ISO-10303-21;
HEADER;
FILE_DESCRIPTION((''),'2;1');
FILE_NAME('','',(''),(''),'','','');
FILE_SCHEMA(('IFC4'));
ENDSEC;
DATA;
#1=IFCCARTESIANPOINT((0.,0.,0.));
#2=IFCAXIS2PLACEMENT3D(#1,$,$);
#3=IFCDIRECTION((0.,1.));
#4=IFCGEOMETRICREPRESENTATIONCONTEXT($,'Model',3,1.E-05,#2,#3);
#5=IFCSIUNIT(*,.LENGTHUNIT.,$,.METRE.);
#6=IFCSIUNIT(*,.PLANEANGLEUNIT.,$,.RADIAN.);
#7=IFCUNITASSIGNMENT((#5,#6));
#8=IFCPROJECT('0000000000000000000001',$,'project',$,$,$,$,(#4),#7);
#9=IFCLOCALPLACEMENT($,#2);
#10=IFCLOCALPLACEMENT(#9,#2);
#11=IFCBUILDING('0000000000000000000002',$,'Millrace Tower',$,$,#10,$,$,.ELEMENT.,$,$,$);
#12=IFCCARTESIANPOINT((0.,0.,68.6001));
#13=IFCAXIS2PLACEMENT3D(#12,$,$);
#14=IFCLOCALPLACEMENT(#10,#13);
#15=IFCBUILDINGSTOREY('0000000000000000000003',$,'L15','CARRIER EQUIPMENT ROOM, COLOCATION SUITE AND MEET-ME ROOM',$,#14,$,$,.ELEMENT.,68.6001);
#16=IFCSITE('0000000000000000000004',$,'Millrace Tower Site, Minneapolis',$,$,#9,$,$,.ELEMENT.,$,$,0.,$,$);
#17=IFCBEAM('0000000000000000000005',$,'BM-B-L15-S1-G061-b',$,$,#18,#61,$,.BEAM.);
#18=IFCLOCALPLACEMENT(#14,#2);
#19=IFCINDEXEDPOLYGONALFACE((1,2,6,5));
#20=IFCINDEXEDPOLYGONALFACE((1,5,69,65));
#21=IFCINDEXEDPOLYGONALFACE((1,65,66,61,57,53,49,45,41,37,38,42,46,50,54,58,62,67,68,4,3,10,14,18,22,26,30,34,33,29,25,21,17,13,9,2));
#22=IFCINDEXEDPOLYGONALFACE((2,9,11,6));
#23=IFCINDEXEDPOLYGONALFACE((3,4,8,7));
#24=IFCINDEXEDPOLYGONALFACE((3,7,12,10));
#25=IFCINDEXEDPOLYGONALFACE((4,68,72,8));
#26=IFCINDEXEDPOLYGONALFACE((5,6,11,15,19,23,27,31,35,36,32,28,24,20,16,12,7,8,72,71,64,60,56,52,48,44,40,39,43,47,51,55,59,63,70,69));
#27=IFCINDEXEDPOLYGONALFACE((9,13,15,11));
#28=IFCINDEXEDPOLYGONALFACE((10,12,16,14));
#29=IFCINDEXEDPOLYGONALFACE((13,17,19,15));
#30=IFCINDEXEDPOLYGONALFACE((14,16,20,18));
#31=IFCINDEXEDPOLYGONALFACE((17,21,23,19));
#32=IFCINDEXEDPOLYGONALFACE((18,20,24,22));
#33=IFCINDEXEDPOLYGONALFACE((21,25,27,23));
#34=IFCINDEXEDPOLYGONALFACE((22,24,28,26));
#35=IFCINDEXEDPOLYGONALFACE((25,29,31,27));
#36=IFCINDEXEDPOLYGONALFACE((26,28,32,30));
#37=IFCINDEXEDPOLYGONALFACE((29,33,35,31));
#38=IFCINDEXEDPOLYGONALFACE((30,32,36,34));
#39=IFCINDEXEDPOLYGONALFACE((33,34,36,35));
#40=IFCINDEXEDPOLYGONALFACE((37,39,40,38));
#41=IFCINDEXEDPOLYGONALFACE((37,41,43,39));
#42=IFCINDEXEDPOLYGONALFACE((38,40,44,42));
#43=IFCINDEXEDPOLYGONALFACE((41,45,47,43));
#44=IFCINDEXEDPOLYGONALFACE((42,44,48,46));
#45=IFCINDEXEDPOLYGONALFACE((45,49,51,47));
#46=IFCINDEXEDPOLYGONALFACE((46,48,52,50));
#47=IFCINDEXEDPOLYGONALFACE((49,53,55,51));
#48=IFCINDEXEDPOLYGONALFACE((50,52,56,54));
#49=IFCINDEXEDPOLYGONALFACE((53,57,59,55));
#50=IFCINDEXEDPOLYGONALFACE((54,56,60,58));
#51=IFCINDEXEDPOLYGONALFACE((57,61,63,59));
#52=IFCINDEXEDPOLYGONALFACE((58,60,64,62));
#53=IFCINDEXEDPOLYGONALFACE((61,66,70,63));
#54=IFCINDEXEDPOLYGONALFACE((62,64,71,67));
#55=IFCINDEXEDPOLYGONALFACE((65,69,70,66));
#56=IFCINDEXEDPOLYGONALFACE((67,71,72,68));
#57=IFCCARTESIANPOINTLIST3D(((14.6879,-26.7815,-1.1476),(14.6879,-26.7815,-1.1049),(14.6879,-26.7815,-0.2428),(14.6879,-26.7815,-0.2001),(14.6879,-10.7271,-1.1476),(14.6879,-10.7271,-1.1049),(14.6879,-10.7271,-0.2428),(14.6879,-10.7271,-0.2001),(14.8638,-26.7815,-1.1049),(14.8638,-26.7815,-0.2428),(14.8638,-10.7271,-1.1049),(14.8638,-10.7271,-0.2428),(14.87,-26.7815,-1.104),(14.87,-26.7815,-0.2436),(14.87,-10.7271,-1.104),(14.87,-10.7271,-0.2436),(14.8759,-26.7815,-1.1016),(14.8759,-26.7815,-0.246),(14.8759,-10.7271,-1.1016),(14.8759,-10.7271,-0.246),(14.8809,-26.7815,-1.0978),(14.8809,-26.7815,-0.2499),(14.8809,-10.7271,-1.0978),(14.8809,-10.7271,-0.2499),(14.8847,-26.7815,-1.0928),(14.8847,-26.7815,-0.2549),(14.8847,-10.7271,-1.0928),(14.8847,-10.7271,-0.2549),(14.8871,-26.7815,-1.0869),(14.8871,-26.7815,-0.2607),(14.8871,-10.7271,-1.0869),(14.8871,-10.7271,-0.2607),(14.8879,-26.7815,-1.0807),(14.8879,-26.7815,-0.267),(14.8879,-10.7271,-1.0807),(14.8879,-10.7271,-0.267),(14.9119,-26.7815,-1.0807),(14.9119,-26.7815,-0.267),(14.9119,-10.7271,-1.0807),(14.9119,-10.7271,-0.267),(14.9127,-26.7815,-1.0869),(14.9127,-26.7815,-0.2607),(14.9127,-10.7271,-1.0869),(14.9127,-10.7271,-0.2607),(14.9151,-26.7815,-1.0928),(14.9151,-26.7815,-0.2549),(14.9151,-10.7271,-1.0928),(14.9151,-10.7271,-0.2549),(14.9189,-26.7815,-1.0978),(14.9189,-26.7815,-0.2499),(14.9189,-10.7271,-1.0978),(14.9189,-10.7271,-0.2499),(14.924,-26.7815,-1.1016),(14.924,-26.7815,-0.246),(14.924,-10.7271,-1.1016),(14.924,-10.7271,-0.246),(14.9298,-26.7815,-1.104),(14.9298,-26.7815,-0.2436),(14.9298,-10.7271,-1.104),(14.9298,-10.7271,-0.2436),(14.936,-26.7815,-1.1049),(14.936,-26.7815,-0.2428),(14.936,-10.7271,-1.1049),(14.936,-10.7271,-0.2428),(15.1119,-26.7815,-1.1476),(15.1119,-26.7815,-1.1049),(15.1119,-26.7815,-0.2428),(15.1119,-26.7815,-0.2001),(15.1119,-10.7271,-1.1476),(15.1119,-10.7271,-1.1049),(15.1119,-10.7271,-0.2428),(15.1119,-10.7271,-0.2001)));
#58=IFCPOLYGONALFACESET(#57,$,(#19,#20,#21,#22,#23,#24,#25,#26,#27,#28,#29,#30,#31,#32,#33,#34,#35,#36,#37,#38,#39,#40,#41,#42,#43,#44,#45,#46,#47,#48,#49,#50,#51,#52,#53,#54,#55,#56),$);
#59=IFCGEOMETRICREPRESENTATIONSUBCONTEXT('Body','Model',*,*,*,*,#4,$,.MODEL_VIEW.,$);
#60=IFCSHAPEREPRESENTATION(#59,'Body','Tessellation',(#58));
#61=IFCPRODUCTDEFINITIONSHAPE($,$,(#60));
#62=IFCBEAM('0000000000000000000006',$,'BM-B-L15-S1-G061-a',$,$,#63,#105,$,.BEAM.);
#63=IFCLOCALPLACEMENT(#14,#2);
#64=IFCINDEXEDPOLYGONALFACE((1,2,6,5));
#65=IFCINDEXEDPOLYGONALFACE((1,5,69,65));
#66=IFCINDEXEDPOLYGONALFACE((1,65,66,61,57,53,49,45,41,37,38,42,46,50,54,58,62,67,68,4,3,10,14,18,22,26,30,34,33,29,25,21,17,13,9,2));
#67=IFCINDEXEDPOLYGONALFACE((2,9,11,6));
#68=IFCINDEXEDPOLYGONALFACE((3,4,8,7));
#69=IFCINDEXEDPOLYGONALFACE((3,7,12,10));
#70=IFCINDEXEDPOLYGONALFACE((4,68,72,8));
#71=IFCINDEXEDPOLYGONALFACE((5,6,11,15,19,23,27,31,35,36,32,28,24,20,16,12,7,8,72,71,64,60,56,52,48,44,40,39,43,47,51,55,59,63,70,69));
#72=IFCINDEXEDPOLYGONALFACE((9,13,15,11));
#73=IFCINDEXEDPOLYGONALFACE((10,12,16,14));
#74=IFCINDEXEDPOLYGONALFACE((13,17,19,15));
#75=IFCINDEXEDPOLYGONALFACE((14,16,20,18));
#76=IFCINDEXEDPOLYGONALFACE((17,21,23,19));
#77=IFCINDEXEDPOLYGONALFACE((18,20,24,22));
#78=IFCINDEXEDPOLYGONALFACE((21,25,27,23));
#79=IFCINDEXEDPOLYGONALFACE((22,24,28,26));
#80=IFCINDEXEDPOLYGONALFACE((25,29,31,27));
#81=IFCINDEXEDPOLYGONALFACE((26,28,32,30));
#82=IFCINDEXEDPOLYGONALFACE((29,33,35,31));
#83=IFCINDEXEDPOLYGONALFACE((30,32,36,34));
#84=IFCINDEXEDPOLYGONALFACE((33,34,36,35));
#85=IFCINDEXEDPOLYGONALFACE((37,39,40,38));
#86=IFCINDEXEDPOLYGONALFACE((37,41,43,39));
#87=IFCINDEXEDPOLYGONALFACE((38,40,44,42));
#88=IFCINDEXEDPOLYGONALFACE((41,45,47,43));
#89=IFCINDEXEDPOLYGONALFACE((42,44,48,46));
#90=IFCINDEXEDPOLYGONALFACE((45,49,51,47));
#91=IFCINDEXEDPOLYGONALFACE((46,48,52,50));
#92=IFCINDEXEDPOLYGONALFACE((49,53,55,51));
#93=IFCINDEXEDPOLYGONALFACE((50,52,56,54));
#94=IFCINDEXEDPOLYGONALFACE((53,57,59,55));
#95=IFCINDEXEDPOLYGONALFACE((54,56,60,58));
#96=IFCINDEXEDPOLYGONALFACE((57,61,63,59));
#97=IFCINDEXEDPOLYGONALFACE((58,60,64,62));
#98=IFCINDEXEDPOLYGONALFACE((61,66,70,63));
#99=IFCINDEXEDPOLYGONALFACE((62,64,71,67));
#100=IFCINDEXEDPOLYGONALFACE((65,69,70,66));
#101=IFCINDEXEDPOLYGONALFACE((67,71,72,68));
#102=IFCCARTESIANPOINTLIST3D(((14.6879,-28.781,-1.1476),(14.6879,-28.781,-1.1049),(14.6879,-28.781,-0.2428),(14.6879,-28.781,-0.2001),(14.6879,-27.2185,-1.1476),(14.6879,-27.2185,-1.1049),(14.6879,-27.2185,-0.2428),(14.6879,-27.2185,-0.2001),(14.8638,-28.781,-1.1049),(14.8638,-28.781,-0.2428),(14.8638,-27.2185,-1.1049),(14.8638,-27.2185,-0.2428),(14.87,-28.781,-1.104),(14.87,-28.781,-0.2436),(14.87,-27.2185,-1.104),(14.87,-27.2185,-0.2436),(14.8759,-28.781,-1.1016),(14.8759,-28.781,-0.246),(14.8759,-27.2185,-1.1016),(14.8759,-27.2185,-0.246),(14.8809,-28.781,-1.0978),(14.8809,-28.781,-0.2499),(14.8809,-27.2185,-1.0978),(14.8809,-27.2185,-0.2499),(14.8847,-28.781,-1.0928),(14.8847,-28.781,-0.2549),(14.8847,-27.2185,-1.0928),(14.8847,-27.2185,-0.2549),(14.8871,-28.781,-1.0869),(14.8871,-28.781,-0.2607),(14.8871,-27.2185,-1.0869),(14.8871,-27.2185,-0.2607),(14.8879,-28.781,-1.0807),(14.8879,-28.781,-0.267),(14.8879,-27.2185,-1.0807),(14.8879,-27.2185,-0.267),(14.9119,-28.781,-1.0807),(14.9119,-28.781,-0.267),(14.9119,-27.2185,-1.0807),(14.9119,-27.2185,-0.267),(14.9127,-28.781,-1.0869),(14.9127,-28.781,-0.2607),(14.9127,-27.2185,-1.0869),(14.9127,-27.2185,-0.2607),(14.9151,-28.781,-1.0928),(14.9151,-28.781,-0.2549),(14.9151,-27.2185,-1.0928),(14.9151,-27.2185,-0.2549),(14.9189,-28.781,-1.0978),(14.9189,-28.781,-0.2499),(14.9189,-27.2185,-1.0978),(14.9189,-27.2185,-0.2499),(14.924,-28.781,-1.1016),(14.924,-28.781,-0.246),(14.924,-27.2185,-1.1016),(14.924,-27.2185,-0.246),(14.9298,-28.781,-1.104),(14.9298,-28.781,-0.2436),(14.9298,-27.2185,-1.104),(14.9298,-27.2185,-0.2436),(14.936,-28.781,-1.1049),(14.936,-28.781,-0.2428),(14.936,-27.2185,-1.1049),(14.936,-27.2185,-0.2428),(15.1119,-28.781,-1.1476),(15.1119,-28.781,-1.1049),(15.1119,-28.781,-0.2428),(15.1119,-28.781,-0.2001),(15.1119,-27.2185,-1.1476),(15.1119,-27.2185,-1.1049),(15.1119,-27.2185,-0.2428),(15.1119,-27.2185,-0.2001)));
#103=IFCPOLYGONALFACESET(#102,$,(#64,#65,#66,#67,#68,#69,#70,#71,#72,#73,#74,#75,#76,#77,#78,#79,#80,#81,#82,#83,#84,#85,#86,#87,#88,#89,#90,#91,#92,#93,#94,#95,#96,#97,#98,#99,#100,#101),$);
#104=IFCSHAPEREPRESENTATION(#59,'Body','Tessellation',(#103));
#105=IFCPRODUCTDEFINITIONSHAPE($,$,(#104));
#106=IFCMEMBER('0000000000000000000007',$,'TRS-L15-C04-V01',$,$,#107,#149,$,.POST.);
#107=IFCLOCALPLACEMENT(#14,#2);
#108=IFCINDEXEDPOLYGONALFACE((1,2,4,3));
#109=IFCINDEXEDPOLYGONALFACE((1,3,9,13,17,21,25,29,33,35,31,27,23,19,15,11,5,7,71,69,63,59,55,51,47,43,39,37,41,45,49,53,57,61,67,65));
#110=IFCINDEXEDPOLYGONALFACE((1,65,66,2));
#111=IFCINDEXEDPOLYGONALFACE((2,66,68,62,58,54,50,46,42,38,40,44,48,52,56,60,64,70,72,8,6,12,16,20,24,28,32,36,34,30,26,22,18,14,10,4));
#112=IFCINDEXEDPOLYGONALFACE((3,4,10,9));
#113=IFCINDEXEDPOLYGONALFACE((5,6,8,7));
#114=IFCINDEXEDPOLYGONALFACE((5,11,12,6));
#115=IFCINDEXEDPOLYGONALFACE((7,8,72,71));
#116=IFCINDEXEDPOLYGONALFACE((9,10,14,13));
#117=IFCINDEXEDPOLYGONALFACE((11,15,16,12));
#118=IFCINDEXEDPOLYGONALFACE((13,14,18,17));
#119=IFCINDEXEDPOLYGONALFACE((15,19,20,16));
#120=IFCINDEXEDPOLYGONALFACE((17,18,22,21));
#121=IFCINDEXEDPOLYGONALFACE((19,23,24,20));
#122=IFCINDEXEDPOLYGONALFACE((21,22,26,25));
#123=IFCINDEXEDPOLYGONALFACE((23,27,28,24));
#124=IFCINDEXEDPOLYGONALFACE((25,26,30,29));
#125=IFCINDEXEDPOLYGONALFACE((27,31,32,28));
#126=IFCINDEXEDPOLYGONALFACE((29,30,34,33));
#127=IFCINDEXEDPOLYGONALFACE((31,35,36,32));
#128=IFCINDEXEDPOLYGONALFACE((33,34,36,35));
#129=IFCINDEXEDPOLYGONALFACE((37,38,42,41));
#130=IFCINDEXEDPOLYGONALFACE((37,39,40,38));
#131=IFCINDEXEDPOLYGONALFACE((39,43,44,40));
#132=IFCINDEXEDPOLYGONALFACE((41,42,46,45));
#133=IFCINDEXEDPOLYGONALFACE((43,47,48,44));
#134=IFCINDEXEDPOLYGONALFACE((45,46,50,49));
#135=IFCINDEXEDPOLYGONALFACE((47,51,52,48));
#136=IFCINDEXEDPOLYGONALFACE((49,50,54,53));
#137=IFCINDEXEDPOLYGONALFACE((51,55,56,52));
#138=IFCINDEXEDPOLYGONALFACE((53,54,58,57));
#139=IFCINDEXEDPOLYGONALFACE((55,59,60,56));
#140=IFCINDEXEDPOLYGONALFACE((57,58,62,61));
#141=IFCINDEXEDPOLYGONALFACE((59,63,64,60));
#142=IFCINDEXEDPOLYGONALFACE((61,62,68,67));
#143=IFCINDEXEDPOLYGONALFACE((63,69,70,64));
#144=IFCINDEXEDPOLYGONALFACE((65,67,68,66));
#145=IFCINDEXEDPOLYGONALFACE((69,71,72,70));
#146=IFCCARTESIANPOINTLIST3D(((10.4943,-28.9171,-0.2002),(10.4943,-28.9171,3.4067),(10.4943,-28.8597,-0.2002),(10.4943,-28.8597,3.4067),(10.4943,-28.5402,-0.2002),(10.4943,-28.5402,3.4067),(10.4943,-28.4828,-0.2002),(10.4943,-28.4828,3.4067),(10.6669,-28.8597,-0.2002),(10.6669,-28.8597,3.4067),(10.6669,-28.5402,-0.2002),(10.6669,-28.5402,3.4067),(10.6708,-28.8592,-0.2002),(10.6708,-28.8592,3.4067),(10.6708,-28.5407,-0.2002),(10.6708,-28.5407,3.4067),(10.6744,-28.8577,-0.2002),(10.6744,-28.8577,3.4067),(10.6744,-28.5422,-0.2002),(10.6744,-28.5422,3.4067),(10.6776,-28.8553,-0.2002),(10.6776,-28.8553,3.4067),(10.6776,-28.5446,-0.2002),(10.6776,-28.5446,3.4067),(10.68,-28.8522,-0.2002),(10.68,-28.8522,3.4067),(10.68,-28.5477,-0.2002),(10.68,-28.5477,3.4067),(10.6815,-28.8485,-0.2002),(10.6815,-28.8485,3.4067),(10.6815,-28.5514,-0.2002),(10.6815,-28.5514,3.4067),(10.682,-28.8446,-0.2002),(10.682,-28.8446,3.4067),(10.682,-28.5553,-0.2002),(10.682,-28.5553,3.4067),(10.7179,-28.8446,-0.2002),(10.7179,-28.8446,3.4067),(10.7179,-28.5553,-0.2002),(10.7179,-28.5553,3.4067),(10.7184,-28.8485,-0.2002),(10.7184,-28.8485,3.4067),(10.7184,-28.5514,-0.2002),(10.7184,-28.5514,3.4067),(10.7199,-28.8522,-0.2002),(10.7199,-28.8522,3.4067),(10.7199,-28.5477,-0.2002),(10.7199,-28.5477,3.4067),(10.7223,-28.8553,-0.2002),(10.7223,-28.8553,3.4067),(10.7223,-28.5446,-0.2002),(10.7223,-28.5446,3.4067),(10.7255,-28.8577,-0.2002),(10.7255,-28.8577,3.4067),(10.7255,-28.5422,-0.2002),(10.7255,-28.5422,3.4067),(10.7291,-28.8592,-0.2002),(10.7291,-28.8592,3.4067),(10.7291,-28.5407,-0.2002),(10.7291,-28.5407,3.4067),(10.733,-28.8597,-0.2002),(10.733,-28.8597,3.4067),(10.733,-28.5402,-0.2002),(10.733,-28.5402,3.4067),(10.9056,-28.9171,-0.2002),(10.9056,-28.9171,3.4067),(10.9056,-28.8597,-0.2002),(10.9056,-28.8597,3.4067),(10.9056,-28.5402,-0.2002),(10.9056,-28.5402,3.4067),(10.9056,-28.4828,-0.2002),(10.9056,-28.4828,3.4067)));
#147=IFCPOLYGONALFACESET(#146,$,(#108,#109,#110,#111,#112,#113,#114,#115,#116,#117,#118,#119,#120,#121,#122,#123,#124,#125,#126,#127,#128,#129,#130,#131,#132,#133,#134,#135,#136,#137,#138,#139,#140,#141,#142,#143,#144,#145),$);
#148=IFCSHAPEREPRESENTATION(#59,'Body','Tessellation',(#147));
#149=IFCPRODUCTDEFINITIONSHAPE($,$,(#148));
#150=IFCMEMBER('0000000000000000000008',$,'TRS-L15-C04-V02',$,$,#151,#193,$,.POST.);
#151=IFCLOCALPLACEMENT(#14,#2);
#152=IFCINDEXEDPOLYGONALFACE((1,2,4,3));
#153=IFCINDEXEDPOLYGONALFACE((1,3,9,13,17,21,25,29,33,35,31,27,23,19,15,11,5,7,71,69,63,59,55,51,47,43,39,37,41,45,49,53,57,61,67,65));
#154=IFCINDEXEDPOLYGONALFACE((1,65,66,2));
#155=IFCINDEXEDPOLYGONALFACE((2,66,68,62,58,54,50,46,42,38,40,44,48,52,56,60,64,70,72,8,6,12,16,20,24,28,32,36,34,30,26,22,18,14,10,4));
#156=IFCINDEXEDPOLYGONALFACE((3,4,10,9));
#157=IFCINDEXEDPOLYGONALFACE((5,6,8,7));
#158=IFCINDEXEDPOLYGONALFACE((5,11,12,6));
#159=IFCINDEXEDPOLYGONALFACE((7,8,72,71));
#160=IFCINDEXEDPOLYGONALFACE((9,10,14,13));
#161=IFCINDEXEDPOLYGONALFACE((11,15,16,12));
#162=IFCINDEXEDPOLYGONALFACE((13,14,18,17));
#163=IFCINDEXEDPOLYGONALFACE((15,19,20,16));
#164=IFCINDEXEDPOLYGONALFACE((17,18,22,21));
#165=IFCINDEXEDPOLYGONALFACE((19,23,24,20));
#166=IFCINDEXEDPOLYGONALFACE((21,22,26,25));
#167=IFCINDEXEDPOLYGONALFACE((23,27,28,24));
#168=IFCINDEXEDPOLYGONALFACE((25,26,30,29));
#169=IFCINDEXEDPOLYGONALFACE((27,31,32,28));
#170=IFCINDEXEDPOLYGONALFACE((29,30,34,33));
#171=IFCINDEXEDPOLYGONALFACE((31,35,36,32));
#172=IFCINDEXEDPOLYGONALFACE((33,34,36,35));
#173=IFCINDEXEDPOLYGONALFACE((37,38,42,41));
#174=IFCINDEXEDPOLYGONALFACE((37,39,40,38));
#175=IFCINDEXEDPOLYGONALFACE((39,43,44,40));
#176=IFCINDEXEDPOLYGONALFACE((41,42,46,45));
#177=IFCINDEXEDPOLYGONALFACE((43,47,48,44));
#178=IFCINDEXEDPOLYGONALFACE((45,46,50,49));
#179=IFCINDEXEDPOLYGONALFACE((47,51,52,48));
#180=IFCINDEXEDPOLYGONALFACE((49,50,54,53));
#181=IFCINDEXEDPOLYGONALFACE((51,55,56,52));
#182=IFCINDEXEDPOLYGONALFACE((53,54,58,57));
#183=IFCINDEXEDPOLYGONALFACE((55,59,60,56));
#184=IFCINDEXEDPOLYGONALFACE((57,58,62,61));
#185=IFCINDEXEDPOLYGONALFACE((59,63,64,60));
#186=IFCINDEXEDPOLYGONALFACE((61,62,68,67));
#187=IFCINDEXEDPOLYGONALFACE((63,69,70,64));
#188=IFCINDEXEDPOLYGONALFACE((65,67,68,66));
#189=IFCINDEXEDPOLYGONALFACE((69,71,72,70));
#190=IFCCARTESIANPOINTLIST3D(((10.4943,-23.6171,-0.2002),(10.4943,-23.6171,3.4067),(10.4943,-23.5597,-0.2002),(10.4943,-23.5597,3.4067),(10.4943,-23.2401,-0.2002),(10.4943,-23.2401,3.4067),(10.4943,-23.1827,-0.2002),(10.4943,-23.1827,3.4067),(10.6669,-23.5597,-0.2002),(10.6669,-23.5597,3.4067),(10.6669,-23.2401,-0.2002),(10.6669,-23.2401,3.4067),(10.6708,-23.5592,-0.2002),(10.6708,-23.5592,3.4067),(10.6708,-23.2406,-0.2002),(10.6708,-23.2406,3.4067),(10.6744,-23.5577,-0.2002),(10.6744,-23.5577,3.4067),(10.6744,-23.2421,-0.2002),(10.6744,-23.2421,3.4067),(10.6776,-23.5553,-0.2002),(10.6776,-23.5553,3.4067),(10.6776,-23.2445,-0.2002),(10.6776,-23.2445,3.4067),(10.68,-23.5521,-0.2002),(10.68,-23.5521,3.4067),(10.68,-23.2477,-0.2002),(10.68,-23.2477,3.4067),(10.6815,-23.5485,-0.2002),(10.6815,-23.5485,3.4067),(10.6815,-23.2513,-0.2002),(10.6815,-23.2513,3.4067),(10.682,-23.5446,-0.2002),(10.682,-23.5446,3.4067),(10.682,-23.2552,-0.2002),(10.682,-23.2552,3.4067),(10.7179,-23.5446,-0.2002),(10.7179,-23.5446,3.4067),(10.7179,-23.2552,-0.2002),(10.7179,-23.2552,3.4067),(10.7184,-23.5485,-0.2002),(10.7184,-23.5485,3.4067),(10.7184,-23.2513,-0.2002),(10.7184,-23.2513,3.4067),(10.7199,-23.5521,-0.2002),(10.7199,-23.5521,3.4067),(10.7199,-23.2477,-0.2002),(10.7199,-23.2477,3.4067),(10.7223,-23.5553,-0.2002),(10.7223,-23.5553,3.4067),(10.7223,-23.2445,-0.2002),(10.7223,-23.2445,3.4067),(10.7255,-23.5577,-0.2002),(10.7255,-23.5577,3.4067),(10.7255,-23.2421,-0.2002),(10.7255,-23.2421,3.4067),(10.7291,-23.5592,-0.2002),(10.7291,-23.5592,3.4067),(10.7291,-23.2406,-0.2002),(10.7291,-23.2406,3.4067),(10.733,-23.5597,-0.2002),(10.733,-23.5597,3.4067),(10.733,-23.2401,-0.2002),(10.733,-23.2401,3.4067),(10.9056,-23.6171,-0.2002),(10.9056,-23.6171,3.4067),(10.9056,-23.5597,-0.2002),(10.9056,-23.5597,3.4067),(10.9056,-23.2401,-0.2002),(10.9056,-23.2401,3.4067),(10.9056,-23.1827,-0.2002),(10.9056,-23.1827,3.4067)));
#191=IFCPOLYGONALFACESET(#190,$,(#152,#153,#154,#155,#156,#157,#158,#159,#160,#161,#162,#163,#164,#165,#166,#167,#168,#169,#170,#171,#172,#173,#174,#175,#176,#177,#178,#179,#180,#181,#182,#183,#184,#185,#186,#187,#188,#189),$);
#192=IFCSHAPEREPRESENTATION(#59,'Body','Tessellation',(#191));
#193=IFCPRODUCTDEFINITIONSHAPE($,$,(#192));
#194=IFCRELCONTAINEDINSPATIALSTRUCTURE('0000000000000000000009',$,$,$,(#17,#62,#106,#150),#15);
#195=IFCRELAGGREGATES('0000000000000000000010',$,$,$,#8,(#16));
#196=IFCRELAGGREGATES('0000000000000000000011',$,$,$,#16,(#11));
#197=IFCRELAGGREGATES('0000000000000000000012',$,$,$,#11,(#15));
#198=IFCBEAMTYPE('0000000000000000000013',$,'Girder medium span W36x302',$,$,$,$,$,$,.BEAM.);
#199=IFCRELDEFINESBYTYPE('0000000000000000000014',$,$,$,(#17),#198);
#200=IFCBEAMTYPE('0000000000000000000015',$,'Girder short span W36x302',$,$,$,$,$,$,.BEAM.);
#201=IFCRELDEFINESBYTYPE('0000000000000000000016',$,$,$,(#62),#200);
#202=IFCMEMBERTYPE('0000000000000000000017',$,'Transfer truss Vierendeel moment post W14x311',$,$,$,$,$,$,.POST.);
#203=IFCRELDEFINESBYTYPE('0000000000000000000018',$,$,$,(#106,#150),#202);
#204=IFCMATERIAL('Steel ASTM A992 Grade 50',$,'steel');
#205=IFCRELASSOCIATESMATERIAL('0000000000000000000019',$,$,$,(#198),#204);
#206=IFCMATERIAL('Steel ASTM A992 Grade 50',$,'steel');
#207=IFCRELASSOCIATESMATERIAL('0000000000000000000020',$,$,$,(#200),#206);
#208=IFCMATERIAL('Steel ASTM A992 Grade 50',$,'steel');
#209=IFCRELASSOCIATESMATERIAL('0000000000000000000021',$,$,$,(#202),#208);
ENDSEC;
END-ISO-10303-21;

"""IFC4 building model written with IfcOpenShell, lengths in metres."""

from ifc_helpers import new_model, si_unit, direction, frame, origin, origin_2d, place, context, subcontext, project, spatial, i_section, extrude, material, material_profile, profile_set, type_object, element, save


model = new_model("IFC4")

# Units and contexts
model_context = context("Model", 3, precision=1e-05, world=origin(), true_north=direction((0.0, 1.0)))
body_context = subcontext(model_context, "Body", "Model", "MODEL_VIEW")
ifc_project = project(units=[si_unit("LENGTHUNIT", "METRE"), si_unit("PLANEANGLEUNIT", "RADIAN")], contexts=[model_context])

# Site, building, storey
site_placement = place(None, origin())
site = spatial("IfcSite", under=ifc_project, at=site_placement, Name="Millrace Tower Site, Minneapolis", CompositionType="ELEMENT", RefElevation=0.0)
building_placement = place(site_placement, origin())
building = spatial("IfcBuilding", under=site, at=building_placement, Name="Millrace Tower", CompositionType="ELEMENT")
storey_placement = place(building_placement, frame((0.0, 0.0, 68.6001)))
storey = spatial("IfcBuildingStorey", under=building, at=storey_placement, Name="L15", Description="CARRIER EQUIPMENT ROOM, COLOCATION SUITE AND MEET-ME ROOM", CompositionType="ELEMENT", Elevation=68.6001)

# Beams
ifc_material_1 = material(Name="Steel ASTM A992 Grade 50", Category="steel")
ifc_material_profile_1 = material_profile(ifc_material_1, i_section(OverallWidth=0.4241, OverallDepth=0.9475, WebThickness=0.0239, FlangeThickness=0.0427, FilletRadius=0.0242, at=origin_2d()))
ifc_profile_set_1 = profile_set([ifc_material_profile_1], Name="Steel ASTM A992 Grade 50")
beam_type_1 = type_object("IfcBeamType", Name="Girder medium span W36x302", PredefinedType="BEAM", material=ifc_profile_set_1)
beam_1_placement = place(storey_placement, frame((14.8999, -26.7815, -0.6738), z_axis=(0.0, 1.0, 0.0), x_axis=(-1.0, 0.0, 0.0)))
element("IfcBeam", 1, at=beam_1_placement, inside=storey, type_object=beam_type_1, Name="BM-B-L15-S1-G061-b", PredefinedType="BEAM", context=body_context, shape_type="SweptSolid", body=[
    extrude(i_section(OverallWidth=0.4241, OverallDepth=0.9475, WebThickness=0.0239, FlangeThickness=0.0427, FilletRadius=0.0242, at=origin_2d()), origin(), (0.0, 0.0, 1.0), 16.0544),
])
ifc_material_2 = material(Name="Steel ASTM A992 Grade 50", Category="steel")
ifc_material_profile_2 = material_profile(ifc_material_2, i_section(OverallWidth=0.4241, OverallDepth=0.9475, WebThickness=0.0239, FlangeThickness=0.0427, FilletRadius=0.0242, at=origin_2d()))
ifc_profile_set_2 = profile_set([ifc_material_profile_2], Name="Steel ASTM A992 Grade 50")
beam_type_2 = type_object("IfcBeamType", Name="Girder short span W36x302", PredefinedType="BEAM", material=ifc_profile_set_2)
beam_2_placement = place(storey_placement, frame((14.8999, -28.781, -0.6738), z_axis=(0.0, 1.0, 0.0), x_axis=(-1.0, 0.0, 0.0)))
element("IfcBeam", 2, at=beam_2_placement, inside=storey, type_object=beam_type_2, Name="BM-B-L15-S1-G061-a", PredefinedType="BEAM", context=body_context, shape_type="SweptSolid", body=[
    extrude(i_section(OverallWidth=0.4241, OverallDepth=0.9475, WebThickness=0.0239, FlangeThickness=0.0427, FilletRadius=0.0242, at=origin_2d()), origin(), (0.0, 0.0, 1.0), 1.5625),
])

# Members
ifc_material_3 = material(Name="Steel ASTM A992 Grade 50", Category="steel")
ifc_material_profile_3 = material_profile(ifc_material_3, i_section(OverallWidth=0.4114, OverallDepth=0.4343, WebThickness=0.0359, FlangeThickness=0.0574, FilletRadius=0.0151, at=origin_2d()))
ifc_profile_set_3 = profile_set([ifc_material_profile_3], Name="Steel ASTM A992 Grade 50")
member_type_1 = type_object("IfcMemberType", Name="Transfer truss Vierendeel moment post W14x311", PredefinedType="POST", material=ifc_profile_set_3)
for number, where, z_axis, x_axis, name in (
    (3, (10.7, -28.7, -0.2002), (0.0, 0.0, 1.0), (1.0, 0.0, 0.0), "TRS-L15-C04-V01"),
    (4, (10.7, -23.3999, -0.2002), (0.0, 0.0, 1.0), (1.0, 0.0, 0.0), "TRS-L15-C04-V02"),
):
    element("IfcMember", number, at=place(storey_placement, frame(where, z_axis=z_axis, x_axis=x_axis)), inside=storey, type_object=member_type_1, Name=name, PredefinedType="POST", context=body_context, shape_type="SweptSolid", body=[
        extrude(i_section(OverallWidth=0.4114, OverallDepth=0.4343, WebThickness=0.0359, FlangeThickness=0.0574, FilletRadius=0.0151, at=origin_2d()), origin(), (0.0, 0.0, 1.0), 3.6069),
    ])

save(model, "model.ifc")
